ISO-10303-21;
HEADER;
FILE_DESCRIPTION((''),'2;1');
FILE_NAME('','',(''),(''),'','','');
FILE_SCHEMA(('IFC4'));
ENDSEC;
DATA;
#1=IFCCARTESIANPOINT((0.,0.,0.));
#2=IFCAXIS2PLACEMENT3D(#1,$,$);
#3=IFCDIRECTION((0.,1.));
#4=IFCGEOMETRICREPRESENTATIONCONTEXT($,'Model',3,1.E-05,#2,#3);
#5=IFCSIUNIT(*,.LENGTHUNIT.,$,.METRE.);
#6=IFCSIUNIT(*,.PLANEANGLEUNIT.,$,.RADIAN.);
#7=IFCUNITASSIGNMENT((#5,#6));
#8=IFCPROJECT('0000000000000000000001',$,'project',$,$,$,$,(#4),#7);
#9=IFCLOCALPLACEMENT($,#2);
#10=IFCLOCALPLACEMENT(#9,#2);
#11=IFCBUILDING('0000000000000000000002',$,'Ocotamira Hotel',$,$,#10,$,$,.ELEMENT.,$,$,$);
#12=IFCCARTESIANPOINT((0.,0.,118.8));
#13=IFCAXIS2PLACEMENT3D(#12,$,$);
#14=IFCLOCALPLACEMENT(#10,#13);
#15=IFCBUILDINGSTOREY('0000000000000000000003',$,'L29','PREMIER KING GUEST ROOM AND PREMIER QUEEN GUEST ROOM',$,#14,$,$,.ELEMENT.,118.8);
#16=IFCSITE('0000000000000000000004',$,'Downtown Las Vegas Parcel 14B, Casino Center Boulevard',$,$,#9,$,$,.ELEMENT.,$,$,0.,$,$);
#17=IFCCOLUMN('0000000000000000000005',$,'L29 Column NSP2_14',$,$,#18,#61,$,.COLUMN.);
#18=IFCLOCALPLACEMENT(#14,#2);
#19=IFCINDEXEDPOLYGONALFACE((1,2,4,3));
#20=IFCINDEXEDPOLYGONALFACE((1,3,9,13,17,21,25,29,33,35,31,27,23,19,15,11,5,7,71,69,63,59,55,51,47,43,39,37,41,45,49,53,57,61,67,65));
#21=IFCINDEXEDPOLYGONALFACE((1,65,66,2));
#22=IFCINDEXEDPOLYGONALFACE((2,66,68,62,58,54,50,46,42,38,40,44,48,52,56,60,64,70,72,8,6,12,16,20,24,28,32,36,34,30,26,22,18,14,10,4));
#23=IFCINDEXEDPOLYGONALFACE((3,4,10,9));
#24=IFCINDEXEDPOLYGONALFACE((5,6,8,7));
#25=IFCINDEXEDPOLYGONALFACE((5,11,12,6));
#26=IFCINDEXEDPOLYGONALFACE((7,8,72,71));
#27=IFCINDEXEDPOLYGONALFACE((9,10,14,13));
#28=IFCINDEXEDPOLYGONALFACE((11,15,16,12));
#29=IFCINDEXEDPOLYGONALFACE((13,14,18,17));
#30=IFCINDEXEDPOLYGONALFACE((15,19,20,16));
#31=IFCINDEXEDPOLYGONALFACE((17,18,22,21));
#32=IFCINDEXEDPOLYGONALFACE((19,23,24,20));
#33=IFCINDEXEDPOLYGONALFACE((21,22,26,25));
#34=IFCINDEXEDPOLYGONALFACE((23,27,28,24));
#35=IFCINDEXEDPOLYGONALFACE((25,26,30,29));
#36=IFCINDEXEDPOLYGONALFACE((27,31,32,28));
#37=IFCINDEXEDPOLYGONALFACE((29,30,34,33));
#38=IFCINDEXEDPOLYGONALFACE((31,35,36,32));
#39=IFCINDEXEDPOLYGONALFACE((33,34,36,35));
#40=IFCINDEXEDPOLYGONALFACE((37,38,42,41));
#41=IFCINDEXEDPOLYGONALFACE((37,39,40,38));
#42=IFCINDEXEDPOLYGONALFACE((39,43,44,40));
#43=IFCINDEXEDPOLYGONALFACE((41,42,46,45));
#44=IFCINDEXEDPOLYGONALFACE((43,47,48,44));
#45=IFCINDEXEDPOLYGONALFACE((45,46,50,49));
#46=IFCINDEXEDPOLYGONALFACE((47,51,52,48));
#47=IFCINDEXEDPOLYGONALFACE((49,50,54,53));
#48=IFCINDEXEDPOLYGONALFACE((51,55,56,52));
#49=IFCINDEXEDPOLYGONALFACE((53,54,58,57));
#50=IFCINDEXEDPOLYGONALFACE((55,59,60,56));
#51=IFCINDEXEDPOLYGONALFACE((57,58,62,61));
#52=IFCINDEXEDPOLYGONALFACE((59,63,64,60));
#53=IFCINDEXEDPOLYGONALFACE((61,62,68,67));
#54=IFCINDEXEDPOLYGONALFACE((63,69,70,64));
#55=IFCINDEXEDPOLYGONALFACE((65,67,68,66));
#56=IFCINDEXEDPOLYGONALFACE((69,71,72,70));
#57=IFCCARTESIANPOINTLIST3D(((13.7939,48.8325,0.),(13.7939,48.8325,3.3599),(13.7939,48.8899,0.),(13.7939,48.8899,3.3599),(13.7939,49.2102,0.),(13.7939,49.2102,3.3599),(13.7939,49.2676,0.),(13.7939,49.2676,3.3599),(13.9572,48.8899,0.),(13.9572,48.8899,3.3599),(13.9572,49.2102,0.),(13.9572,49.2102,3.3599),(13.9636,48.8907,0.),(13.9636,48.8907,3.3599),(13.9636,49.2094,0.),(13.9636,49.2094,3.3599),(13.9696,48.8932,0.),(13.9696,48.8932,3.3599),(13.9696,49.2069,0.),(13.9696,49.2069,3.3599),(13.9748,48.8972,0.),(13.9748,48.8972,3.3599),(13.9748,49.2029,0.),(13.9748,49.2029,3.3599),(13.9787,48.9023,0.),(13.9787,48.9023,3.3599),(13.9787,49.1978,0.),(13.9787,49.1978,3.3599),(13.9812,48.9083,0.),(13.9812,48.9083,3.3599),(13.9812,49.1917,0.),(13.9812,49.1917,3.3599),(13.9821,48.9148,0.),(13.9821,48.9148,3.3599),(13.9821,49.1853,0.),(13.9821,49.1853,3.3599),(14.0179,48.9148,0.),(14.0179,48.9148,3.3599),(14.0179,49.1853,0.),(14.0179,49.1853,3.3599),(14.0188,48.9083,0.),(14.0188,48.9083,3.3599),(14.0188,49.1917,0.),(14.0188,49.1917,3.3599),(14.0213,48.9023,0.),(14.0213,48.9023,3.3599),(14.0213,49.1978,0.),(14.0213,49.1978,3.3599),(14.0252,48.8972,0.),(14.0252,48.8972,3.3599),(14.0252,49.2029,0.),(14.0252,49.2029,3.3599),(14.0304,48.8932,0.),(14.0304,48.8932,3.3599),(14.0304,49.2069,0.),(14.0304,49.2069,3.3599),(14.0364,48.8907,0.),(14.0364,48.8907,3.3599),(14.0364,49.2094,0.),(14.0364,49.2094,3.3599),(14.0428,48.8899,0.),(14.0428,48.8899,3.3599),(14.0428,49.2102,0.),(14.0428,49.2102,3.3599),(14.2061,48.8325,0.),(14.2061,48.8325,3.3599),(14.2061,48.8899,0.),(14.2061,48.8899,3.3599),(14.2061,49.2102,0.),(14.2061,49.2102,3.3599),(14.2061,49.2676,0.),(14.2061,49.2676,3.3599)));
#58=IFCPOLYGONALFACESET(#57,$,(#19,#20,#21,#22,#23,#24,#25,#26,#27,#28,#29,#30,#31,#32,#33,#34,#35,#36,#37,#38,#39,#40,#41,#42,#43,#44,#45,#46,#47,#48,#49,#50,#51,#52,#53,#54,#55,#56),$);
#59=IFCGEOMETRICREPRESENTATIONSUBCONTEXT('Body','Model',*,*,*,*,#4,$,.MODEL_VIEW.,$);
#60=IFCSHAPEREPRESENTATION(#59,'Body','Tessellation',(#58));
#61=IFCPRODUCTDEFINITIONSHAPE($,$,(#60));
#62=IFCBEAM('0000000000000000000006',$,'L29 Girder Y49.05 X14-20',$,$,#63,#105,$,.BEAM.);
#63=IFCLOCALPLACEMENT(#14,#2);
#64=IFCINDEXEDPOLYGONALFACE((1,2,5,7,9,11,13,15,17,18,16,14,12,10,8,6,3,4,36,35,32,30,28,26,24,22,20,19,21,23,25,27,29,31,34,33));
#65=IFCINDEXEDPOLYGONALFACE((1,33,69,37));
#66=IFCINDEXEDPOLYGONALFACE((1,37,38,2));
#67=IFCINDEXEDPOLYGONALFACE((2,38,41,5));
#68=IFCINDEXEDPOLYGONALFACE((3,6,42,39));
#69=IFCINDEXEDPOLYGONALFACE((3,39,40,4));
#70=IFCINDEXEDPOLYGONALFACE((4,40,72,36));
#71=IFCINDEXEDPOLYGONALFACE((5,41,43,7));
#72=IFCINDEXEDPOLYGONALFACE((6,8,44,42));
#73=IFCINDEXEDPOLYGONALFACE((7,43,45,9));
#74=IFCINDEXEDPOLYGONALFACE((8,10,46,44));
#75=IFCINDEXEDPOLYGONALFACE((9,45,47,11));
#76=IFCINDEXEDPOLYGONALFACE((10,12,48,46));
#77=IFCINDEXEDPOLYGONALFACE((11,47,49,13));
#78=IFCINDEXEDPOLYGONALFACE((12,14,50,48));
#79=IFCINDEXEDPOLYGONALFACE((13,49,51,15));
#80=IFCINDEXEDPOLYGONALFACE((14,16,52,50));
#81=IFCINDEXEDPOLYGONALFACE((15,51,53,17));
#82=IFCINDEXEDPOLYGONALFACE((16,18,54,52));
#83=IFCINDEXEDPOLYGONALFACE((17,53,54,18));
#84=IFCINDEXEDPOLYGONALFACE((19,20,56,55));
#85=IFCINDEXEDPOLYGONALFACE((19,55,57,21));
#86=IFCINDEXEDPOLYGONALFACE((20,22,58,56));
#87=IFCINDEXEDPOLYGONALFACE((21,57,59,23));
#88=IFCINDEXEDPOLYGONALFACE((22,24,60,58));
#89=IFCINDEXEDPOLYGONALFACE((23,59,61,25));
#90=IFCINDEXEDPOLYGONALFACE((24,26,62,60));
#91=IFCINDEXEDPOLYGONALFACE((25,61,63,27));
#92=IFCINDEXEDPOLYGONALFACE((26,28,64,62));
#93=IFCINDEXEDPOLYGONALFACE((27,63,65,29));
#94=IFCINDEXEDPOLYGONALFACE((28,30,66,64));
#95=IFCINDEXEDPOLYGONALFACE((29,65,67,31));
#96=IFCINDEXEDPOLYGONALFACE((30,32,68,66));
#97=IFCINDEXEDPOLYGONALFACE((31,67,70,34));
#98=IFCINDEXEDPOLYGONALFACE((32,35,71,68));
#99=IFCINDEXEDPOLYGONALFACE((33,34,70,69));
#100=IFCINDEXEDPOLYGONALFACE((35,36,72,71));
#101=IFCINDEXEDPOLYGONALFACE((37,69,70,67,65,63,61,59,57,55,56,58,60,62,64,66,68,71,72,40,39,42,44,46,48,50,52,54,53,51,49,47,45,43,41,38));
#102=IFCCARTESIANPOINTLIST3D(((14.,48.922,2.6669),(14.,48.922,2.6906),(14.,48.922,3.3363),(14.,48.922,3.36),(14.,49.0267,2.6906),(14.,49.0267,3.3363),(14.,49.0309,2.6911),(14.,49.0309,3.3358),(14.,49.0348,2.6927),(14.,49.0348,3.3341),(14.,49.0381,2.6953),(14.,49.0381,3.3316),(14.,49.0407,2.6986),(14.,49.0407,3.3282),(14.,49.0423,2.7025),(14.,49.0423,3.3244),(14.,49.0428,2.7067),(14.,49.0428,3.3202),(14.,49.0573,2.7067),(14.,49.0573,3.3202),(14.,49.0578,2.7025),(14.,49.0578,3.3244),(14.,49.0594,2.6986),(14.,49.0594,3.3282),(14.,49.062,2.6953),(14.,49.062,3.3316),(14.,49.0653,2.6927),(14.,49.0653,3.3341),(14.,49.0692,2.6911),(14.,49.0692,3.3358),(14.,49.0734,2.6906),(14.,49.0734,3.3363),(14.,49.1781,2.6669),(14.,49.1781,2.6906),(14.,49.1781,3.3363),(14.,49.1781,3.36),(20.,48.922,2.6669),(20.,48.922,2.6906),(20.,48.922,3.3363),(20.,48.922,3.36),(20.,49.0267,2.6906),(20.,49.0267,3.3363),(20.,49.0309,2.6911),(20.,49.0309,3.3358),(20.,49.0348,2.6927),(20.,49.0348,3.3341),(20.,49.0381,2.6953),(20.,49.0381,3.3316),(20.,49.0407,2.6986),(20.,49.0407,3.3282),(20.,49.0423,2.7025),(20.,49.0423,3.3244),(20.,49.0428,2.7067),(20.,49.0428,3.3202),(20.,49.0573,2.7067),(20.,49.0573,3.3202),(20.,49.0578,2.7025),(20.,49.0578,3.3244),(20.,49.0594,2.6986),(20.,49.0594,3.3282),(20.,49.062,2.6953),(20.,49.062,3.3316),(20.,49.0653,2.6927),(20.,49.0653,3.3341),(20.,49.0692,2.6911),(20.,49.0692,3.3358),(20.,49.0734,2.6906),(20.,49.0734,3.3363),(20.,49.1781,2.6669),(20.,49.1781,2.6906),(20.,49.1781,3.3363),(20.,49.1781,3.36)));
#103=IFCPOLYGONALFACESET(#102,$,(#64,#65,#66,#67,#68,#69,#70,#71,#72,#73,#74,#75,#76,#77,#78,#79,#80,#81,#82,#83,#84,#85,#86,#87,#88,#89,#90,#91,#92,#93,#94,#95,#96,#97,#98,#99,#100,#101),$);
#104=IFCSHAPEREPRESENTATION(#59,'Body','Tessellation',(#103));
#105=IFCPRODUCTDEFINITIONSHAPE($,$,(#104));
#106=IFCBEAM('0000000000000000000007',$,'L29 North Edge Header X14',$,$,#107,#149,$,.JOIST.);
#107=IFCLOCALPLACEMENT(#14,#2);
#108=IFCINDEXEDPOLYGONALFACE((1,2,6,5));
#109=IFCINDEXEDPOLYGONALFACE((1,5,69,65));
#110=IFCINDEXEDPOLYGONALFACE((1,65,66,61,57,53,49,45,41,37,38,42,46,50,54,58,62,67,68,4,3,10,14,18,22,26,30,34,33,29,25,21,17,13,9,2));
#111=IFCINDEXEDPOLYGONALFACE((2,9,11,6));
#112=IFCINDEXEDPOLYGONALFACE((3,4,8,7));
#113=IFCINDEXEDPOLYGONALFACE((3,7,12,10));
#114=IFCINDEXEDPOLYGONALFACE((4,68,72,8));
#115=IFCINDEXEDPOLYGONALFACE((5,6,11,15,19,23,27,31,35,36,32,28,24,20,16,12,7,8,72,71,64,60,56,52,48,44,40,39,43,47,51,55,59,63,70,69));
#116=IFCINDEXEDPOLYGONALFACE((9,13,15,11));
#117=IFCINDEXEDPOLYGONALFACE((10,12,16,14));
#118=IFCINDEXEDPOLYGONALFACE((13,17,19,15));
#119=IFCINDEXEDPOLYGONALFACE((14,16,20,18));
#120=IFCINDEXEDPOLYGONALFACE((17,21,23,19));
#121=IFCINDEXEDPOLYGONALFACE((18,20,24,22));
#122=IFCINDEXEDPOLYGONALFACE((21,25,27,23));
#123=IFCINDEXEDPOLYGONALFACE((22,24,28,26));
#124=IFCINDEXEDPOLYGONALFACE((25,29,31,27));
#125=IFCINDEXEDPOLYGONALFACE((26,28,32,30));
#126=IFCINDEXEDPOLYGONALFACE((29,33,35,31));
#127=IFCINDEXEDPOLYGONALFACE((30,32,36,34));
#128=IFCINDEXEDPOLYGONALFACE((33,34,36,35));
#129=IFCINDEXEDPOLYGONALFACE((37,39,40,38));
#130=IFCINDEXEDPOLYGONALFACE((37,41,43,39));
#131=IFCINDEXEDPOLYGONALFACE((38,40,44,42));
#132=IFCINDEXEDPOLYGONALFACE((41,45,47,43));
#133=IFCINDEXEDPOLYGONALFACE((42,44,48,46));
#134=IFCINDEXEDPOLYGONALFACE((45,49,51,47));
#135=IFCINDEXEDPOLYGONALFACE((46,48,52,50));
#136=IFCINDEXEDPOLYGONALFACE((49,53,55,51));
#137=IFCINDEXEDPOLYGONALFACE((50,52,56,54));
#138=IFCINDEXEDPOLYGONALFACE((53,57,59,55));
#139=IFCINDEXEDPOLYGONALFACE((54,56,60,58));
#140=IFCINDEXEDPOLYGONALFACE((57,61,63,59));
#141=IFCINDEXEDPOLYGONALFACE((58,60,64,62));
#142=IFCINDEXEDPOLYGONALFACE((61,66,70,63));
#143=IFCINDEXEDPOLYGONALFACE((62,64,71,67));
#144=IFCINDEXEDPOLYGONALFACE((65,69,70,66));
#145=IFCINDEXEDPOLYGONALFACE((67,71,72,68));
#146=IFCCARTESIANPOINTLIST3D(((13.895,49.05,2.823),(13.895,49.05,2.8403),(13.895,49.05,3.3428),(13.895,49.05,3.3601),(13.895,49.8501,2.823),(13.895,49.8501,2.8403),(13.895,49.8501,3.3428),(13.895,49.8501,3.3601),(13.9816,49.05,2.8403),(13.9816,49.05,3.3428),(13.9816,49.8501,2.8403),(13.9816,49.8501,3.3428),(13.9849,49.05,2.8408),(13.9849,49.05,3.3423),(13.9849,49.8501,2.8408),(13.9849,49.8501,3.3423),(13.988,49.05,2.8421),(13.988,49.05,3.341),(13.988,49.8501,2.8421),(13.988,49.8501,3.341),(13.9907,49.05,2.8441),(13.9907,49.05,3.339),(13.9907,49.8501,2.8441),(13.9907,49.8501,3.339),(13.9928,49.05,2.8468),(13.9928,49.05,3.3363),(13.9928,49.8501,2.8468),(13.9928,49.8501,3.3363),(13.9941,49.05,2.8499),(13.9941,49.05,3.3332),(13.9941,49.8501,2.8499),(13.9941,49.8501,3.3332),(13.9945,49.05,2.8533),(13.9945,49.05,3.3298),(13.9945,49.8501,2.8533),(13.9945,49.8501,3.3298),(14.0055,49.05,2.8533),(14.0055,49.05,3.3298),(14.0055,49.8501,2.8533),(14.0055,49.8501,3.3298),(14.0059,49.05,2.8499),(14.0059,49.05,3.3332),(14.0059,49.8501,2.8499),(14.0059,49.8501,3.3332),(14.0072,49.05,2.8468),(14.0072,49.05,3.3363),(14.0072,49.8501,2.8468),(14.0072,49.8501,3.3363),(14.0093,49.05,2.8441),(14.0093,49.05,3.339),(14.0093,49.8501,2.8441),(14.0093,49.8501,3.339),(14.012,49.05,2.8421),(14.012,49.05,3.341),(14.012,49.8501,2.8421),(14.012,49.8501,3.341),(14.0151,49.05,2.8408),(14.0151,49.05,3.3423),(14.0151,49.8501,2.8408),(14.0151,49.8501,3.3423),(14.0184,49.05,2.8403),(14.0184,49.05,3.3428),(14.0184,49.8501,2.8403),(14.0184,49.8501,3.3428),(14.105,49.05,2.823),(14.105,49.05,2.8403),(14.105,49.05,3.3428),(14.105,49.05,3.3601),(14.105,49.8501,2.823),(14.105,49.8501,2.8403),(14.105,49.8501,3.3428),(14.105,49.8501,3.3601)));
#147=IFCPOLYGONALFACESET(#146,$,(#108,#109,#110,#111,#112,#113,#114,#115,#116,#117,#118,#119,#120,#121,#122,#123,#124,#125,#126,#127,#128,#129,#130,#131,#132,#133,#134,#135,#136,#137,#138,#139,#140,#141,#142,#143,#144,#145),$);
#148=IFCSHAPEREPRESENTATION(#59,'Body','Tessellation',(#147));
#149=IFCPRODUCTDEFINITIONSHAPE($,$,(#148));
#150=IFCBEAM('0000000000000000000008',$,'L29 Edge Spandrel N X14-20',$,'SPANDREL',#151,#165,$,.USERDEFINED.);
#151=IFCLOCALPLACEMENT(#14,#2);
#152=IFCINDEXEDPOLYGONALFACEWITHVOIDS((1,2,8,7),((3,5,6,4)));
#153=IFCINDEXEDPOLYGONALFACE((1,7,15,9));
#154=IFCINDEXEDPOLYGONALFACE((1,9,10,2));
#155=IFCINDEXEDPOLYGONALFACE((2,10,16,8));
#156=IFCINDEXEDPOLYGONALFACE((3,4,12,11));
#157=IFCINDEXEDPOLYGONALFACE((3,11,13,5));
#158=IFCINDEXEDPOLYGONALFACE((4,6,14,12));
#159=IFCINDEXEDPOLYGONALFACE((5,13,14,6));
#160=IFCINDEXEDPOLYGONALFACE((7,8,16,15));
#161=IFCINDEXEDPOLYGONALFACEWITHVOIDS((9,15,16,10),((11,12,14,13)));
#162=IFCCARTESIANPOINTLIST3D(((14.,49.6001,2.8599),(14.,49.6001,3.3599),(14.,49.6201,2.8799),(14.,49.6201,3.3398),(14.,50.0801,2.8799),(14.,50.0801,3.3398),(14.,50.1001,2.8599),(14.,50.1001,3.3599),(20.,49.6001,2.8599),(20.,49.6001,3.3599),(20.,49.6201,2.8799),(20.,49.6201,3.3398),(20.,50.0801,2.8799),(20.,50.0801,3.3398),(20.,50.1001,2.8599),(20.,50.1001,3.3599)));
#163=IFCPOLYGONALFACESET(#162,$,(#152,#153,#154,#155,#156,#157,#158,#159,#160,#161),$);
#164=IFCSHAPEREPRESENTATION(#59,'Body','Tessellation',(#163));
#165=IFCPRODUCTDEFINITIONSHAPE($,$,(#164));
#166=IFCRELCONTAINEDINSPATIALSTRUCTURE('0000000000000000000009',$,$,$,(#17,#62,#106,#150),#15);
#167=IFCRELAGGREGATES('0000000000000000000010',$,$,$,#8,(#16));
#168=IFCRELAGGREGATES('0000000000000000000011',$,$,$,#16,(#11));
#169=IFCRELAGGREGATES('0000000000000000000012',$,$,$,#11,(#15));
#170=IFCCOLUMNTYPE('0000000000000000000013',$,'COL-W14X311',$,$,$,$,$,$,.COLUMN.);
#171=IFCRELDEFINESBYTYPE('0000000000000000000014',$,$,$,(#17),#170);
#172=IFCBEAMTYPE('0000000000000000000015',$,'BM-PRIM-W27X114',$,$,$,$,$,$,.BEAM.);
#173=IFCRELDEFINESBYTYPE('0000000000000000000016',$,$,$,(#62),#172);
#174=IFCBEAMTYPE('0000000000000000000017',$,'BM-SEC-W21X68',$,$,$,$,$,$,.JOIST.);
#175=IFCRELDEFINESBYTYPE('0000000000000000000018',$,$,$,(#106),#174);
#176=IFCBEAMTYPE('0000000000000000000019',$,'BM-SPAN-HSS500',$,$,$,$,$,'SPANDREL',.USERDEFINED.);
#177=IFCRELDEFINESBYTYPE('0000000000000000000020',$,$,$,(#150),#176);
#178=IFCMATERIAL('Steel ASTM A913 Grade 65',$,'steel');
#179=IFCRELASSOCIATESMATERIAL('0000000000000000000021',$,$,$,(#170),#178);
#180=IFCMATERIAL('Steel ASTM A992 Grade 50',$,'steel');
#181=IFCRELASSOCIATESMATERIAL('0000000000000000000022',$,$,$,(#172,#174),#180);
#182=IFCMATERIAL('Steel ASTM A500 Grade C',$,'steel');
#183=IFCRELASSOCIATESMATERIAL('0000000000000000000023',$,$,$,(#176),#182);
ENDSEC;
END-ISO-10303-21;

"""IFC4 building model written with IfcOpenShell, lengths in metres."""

from ifc_helpers import new_model, si_unit, direction, frame, origin, origin_2d, place, context, subcontext, project, spatial, hollow_rectangle, i_section, extrude, source, transform, mapped, material, material_profile, profile_set, type_object, element, save


model = new_model("IFC4")

# Units and contexts
model_context = context("Model", 3, precision=1e-05, world=origin(), true_north=direction((0.0, 1.0)))
body_context = subcontext(model_context, "Body", "Model", "MODEL_VIEW")
ifc_project = project(units=[si_unit("LENGTHUNIT", "METRE"), si_unit("PLANEANGLEUNIT", "RADIAN")], contexts=[model_context])

# Site, building, storey
site_placement = place(None, origin())
site = spatial("IfcSite", under=ifc_project, at=site_placement, Name="Downtown Las Vegas Parcel 14B, Casino Center Boulevard", CompositionType="ELEMENT", RefElevation=0.0)
building_placement = place(site_placement, origin())
building = spatial("IfcBuilding", under=site, at=building_placement, Name="Ocotamira Hotel", CompositionType="ELEMENT")
storey_placement = place(building_placement, frame((0.0, 0.0, 118.8)))
storey = spatial("IfcBuildingStorey", under=building, at=storey_placement, Name="L29", Description="PREMIER KING GUEST ROOM AND PREMIER QUEEN GUEST ROOM", CompositionType="ELEMENT", Elevation=118.8)

# Column
ifc_material_1 = material(Name="Steel ASTM A913 Grade 65", Category="steel")
ifc_material_profile_1 = material_profile(ifc_material_1, i_section(OverallWidth=0.4121, OverallDepth=0.4351, WebThickness=0.0359, FlangeThickness=0.0574, FilletRadius=0.0249, at=origin_2d()), Name="W14X311")
ifc_profile_set_1 = profile_set([ifc_material_profile_1], Name="Steel ASTM A913 Grade 65")
column_type = type_object("IfcColumnType", Name="COL-W14X311", PredefinedType="COLUMN", material=ifc_profile_set_1)
shared_shape_1 = source(origin(), body_context, "Body", "SweptSolid", [
    extrude(i_section(OverallWidth=0.4121, OverallDepth=0.4351, WebThickness=0.0359, FlangeThickness=0.0574, FilletRadius=0.0249, at=origin_2d()), origin(), (0.0, 0.0, 1.0), 3.3599),
])
column_placement = place(storey_placement, frame((14.0, 49.05, 0.0), z_axis=(0.0, 0.0, 1.0), x_axis=(1.0, 0.0, 0.0)))
element("IfcColumn", 1, at=column_placement, inside=storey, type_object=column_type, Name="L29 Column NSP2_14", PredefinedType="COLUMN", context=body_context, shape_type="MappedRepresentation", body=[
    mapped(shared_shape_1, transform((0.0, 0.0, 0.0), scale=1.0)),
])

# Beams
ifc_material_2 = material(Name="Steel ASTM A992 Grade 50", Category="steel")
ifc_material_profile_2 = material_profile(ifc_material_2, i_section(OverallWidth=0.2561, OverallDepth=0.6931, WebThickness=0.0144, FlangeThickness=0.0237, FilletRadius=0.0161, at=origin_2d()), Name="W27X114")
ifc_profile_set_2 = profile_set([ifc_material_profile_2], Name="Steel ASTM A992 Grade 50")
beam_type_1 = type_object("IfcBeamType", Name="BM-PRIM-W27X114", PredefinedType="BEAM", material=ifc_profile_set_2)
shared_shape_2 = source(origin(), body_context, "Body", "SweptSolid", [
    extrude(i_section(OverallWidth=0.2561, OverallDepth=0.6931, WebThickness=0.0144, FlangeThickness=0.0237, FilletRadius=0.0161, at=origin_2d()), origin(), (0.0, 0.0, 1.0), 6.0),
])
beam_1_placement = place(storey_placement, frame((14.0, 49.05, 3.0134), z_axis=(1.0, 0.0, 0.0), x_axis=(0.0, 1.0, 0.0)))
element("IfcBeam", 2, at=beam_1_placement, inside=storey, type_object=beam_type_1, Name="L29 Girder Y49.05 X14-20", PredefinedType="BEAM", context=body_context, shape_type="MappedRepresentation", body=[
    mapped(shared_shape_2, transform((0.0, 0.0, 0.0), scale=1.0)),
])
ifc_material_profile_3 = material_profile(ifc_material_2, i_section(OverallWidth=0.21, OverallDepth=0.5371, WebThickness=0.011, FlangeThickness=0.0173, FilletRadius=0.0129, at=origin_2d()), Name="W21X68")
ifc_profile_set_3 = profile_set([ifc_material_profile_3], Name="Steel ASTM A992 Grade 50")
beam_type_2 = type_object("IfcBeamType", Name="BM-SEC-W21X68", PredefinedType="JOIST", material=ifc_profile_set_3)
shared_shape_3 = source(origin(), body_context, "Body", "SweptSolid", [
    extrude(i_section(OverallWidth=0.21, OverallDepth=0.5371, WebThickness=0.011, FlangeThickness=0.0173, FilletRadius=0.0129, at=origin_2d()), origin(), (0.0, 0.0, 1.0), 0.8),
])
beam_2_placement = place(storey_placement, frame((14.0, 49.05, 3.0916), z_axis=(0.0, 1.0, 0.0), x_axis=(-1.0, 0.0, 0.0)))
element("IfcBeam", 3, at=beam_2_placement, inside=storey, type_object=beam_type_2, Name="L29 North Edge Header X14", PredefinedType="JOIST", context=body_context, shape_type="MappedRepresentation", body=[
    mapped(shared_shape_3, transform((0.0, 0.0, 0.0), scale=1.0)),
])
ifc_material_3 = material(Name="Steel ASTM A500 Grade C", Category="steel")
ifc_material_profile_4 = material_profile(ifc_material_3, hollow_rectangle(XDim=0.5, YDim=0.5, WallThickness=0.02, at=origin_2d()), Name="HSS500X500X20")
ifc_profile_set_4 = profile_set([ifc_material_profile_4], Name="Steel ASTM A500 Grade C")
beam_type_3 = type_object("IfcBeamType", Name="BM-SPAN-HSS500", ElementType="SPANDREL", PredefinedType="USERDEFINED", material=ifc_profile_set_4)
shared_shape_4 = source(origin(), body_context, "Body", "SweptSolid", [
    extrude(hollow_rectangle(XDim=0.5, YDim=0.5, WallThickness=0.02, at=origin_2d()), origin(), (0.0, 0.0, 1.0), 6.0),
])
beam_3_placement = place(storey_placement, frame((14.0, 49.8501, 3.1099), z_axis=(1.0, 0.0, 0.0), x_axis=(0.0, 1.0, 0.0)))
element("IfcBeam", 4, at=beam_3_placement, inside=storey, type_object=beam_type_3, Name="L29 Edge Spandrel N X14-20", ObjectType="SPANDREL", PredefinedType="USERDEFINED", context=body_context, shape_type="MappedRepresentation", body=[
    mapped(shared_shape_4, transform((0.0, 0.0, 0.0), scale=1.0)),
])

save(model, "model.ifc")
